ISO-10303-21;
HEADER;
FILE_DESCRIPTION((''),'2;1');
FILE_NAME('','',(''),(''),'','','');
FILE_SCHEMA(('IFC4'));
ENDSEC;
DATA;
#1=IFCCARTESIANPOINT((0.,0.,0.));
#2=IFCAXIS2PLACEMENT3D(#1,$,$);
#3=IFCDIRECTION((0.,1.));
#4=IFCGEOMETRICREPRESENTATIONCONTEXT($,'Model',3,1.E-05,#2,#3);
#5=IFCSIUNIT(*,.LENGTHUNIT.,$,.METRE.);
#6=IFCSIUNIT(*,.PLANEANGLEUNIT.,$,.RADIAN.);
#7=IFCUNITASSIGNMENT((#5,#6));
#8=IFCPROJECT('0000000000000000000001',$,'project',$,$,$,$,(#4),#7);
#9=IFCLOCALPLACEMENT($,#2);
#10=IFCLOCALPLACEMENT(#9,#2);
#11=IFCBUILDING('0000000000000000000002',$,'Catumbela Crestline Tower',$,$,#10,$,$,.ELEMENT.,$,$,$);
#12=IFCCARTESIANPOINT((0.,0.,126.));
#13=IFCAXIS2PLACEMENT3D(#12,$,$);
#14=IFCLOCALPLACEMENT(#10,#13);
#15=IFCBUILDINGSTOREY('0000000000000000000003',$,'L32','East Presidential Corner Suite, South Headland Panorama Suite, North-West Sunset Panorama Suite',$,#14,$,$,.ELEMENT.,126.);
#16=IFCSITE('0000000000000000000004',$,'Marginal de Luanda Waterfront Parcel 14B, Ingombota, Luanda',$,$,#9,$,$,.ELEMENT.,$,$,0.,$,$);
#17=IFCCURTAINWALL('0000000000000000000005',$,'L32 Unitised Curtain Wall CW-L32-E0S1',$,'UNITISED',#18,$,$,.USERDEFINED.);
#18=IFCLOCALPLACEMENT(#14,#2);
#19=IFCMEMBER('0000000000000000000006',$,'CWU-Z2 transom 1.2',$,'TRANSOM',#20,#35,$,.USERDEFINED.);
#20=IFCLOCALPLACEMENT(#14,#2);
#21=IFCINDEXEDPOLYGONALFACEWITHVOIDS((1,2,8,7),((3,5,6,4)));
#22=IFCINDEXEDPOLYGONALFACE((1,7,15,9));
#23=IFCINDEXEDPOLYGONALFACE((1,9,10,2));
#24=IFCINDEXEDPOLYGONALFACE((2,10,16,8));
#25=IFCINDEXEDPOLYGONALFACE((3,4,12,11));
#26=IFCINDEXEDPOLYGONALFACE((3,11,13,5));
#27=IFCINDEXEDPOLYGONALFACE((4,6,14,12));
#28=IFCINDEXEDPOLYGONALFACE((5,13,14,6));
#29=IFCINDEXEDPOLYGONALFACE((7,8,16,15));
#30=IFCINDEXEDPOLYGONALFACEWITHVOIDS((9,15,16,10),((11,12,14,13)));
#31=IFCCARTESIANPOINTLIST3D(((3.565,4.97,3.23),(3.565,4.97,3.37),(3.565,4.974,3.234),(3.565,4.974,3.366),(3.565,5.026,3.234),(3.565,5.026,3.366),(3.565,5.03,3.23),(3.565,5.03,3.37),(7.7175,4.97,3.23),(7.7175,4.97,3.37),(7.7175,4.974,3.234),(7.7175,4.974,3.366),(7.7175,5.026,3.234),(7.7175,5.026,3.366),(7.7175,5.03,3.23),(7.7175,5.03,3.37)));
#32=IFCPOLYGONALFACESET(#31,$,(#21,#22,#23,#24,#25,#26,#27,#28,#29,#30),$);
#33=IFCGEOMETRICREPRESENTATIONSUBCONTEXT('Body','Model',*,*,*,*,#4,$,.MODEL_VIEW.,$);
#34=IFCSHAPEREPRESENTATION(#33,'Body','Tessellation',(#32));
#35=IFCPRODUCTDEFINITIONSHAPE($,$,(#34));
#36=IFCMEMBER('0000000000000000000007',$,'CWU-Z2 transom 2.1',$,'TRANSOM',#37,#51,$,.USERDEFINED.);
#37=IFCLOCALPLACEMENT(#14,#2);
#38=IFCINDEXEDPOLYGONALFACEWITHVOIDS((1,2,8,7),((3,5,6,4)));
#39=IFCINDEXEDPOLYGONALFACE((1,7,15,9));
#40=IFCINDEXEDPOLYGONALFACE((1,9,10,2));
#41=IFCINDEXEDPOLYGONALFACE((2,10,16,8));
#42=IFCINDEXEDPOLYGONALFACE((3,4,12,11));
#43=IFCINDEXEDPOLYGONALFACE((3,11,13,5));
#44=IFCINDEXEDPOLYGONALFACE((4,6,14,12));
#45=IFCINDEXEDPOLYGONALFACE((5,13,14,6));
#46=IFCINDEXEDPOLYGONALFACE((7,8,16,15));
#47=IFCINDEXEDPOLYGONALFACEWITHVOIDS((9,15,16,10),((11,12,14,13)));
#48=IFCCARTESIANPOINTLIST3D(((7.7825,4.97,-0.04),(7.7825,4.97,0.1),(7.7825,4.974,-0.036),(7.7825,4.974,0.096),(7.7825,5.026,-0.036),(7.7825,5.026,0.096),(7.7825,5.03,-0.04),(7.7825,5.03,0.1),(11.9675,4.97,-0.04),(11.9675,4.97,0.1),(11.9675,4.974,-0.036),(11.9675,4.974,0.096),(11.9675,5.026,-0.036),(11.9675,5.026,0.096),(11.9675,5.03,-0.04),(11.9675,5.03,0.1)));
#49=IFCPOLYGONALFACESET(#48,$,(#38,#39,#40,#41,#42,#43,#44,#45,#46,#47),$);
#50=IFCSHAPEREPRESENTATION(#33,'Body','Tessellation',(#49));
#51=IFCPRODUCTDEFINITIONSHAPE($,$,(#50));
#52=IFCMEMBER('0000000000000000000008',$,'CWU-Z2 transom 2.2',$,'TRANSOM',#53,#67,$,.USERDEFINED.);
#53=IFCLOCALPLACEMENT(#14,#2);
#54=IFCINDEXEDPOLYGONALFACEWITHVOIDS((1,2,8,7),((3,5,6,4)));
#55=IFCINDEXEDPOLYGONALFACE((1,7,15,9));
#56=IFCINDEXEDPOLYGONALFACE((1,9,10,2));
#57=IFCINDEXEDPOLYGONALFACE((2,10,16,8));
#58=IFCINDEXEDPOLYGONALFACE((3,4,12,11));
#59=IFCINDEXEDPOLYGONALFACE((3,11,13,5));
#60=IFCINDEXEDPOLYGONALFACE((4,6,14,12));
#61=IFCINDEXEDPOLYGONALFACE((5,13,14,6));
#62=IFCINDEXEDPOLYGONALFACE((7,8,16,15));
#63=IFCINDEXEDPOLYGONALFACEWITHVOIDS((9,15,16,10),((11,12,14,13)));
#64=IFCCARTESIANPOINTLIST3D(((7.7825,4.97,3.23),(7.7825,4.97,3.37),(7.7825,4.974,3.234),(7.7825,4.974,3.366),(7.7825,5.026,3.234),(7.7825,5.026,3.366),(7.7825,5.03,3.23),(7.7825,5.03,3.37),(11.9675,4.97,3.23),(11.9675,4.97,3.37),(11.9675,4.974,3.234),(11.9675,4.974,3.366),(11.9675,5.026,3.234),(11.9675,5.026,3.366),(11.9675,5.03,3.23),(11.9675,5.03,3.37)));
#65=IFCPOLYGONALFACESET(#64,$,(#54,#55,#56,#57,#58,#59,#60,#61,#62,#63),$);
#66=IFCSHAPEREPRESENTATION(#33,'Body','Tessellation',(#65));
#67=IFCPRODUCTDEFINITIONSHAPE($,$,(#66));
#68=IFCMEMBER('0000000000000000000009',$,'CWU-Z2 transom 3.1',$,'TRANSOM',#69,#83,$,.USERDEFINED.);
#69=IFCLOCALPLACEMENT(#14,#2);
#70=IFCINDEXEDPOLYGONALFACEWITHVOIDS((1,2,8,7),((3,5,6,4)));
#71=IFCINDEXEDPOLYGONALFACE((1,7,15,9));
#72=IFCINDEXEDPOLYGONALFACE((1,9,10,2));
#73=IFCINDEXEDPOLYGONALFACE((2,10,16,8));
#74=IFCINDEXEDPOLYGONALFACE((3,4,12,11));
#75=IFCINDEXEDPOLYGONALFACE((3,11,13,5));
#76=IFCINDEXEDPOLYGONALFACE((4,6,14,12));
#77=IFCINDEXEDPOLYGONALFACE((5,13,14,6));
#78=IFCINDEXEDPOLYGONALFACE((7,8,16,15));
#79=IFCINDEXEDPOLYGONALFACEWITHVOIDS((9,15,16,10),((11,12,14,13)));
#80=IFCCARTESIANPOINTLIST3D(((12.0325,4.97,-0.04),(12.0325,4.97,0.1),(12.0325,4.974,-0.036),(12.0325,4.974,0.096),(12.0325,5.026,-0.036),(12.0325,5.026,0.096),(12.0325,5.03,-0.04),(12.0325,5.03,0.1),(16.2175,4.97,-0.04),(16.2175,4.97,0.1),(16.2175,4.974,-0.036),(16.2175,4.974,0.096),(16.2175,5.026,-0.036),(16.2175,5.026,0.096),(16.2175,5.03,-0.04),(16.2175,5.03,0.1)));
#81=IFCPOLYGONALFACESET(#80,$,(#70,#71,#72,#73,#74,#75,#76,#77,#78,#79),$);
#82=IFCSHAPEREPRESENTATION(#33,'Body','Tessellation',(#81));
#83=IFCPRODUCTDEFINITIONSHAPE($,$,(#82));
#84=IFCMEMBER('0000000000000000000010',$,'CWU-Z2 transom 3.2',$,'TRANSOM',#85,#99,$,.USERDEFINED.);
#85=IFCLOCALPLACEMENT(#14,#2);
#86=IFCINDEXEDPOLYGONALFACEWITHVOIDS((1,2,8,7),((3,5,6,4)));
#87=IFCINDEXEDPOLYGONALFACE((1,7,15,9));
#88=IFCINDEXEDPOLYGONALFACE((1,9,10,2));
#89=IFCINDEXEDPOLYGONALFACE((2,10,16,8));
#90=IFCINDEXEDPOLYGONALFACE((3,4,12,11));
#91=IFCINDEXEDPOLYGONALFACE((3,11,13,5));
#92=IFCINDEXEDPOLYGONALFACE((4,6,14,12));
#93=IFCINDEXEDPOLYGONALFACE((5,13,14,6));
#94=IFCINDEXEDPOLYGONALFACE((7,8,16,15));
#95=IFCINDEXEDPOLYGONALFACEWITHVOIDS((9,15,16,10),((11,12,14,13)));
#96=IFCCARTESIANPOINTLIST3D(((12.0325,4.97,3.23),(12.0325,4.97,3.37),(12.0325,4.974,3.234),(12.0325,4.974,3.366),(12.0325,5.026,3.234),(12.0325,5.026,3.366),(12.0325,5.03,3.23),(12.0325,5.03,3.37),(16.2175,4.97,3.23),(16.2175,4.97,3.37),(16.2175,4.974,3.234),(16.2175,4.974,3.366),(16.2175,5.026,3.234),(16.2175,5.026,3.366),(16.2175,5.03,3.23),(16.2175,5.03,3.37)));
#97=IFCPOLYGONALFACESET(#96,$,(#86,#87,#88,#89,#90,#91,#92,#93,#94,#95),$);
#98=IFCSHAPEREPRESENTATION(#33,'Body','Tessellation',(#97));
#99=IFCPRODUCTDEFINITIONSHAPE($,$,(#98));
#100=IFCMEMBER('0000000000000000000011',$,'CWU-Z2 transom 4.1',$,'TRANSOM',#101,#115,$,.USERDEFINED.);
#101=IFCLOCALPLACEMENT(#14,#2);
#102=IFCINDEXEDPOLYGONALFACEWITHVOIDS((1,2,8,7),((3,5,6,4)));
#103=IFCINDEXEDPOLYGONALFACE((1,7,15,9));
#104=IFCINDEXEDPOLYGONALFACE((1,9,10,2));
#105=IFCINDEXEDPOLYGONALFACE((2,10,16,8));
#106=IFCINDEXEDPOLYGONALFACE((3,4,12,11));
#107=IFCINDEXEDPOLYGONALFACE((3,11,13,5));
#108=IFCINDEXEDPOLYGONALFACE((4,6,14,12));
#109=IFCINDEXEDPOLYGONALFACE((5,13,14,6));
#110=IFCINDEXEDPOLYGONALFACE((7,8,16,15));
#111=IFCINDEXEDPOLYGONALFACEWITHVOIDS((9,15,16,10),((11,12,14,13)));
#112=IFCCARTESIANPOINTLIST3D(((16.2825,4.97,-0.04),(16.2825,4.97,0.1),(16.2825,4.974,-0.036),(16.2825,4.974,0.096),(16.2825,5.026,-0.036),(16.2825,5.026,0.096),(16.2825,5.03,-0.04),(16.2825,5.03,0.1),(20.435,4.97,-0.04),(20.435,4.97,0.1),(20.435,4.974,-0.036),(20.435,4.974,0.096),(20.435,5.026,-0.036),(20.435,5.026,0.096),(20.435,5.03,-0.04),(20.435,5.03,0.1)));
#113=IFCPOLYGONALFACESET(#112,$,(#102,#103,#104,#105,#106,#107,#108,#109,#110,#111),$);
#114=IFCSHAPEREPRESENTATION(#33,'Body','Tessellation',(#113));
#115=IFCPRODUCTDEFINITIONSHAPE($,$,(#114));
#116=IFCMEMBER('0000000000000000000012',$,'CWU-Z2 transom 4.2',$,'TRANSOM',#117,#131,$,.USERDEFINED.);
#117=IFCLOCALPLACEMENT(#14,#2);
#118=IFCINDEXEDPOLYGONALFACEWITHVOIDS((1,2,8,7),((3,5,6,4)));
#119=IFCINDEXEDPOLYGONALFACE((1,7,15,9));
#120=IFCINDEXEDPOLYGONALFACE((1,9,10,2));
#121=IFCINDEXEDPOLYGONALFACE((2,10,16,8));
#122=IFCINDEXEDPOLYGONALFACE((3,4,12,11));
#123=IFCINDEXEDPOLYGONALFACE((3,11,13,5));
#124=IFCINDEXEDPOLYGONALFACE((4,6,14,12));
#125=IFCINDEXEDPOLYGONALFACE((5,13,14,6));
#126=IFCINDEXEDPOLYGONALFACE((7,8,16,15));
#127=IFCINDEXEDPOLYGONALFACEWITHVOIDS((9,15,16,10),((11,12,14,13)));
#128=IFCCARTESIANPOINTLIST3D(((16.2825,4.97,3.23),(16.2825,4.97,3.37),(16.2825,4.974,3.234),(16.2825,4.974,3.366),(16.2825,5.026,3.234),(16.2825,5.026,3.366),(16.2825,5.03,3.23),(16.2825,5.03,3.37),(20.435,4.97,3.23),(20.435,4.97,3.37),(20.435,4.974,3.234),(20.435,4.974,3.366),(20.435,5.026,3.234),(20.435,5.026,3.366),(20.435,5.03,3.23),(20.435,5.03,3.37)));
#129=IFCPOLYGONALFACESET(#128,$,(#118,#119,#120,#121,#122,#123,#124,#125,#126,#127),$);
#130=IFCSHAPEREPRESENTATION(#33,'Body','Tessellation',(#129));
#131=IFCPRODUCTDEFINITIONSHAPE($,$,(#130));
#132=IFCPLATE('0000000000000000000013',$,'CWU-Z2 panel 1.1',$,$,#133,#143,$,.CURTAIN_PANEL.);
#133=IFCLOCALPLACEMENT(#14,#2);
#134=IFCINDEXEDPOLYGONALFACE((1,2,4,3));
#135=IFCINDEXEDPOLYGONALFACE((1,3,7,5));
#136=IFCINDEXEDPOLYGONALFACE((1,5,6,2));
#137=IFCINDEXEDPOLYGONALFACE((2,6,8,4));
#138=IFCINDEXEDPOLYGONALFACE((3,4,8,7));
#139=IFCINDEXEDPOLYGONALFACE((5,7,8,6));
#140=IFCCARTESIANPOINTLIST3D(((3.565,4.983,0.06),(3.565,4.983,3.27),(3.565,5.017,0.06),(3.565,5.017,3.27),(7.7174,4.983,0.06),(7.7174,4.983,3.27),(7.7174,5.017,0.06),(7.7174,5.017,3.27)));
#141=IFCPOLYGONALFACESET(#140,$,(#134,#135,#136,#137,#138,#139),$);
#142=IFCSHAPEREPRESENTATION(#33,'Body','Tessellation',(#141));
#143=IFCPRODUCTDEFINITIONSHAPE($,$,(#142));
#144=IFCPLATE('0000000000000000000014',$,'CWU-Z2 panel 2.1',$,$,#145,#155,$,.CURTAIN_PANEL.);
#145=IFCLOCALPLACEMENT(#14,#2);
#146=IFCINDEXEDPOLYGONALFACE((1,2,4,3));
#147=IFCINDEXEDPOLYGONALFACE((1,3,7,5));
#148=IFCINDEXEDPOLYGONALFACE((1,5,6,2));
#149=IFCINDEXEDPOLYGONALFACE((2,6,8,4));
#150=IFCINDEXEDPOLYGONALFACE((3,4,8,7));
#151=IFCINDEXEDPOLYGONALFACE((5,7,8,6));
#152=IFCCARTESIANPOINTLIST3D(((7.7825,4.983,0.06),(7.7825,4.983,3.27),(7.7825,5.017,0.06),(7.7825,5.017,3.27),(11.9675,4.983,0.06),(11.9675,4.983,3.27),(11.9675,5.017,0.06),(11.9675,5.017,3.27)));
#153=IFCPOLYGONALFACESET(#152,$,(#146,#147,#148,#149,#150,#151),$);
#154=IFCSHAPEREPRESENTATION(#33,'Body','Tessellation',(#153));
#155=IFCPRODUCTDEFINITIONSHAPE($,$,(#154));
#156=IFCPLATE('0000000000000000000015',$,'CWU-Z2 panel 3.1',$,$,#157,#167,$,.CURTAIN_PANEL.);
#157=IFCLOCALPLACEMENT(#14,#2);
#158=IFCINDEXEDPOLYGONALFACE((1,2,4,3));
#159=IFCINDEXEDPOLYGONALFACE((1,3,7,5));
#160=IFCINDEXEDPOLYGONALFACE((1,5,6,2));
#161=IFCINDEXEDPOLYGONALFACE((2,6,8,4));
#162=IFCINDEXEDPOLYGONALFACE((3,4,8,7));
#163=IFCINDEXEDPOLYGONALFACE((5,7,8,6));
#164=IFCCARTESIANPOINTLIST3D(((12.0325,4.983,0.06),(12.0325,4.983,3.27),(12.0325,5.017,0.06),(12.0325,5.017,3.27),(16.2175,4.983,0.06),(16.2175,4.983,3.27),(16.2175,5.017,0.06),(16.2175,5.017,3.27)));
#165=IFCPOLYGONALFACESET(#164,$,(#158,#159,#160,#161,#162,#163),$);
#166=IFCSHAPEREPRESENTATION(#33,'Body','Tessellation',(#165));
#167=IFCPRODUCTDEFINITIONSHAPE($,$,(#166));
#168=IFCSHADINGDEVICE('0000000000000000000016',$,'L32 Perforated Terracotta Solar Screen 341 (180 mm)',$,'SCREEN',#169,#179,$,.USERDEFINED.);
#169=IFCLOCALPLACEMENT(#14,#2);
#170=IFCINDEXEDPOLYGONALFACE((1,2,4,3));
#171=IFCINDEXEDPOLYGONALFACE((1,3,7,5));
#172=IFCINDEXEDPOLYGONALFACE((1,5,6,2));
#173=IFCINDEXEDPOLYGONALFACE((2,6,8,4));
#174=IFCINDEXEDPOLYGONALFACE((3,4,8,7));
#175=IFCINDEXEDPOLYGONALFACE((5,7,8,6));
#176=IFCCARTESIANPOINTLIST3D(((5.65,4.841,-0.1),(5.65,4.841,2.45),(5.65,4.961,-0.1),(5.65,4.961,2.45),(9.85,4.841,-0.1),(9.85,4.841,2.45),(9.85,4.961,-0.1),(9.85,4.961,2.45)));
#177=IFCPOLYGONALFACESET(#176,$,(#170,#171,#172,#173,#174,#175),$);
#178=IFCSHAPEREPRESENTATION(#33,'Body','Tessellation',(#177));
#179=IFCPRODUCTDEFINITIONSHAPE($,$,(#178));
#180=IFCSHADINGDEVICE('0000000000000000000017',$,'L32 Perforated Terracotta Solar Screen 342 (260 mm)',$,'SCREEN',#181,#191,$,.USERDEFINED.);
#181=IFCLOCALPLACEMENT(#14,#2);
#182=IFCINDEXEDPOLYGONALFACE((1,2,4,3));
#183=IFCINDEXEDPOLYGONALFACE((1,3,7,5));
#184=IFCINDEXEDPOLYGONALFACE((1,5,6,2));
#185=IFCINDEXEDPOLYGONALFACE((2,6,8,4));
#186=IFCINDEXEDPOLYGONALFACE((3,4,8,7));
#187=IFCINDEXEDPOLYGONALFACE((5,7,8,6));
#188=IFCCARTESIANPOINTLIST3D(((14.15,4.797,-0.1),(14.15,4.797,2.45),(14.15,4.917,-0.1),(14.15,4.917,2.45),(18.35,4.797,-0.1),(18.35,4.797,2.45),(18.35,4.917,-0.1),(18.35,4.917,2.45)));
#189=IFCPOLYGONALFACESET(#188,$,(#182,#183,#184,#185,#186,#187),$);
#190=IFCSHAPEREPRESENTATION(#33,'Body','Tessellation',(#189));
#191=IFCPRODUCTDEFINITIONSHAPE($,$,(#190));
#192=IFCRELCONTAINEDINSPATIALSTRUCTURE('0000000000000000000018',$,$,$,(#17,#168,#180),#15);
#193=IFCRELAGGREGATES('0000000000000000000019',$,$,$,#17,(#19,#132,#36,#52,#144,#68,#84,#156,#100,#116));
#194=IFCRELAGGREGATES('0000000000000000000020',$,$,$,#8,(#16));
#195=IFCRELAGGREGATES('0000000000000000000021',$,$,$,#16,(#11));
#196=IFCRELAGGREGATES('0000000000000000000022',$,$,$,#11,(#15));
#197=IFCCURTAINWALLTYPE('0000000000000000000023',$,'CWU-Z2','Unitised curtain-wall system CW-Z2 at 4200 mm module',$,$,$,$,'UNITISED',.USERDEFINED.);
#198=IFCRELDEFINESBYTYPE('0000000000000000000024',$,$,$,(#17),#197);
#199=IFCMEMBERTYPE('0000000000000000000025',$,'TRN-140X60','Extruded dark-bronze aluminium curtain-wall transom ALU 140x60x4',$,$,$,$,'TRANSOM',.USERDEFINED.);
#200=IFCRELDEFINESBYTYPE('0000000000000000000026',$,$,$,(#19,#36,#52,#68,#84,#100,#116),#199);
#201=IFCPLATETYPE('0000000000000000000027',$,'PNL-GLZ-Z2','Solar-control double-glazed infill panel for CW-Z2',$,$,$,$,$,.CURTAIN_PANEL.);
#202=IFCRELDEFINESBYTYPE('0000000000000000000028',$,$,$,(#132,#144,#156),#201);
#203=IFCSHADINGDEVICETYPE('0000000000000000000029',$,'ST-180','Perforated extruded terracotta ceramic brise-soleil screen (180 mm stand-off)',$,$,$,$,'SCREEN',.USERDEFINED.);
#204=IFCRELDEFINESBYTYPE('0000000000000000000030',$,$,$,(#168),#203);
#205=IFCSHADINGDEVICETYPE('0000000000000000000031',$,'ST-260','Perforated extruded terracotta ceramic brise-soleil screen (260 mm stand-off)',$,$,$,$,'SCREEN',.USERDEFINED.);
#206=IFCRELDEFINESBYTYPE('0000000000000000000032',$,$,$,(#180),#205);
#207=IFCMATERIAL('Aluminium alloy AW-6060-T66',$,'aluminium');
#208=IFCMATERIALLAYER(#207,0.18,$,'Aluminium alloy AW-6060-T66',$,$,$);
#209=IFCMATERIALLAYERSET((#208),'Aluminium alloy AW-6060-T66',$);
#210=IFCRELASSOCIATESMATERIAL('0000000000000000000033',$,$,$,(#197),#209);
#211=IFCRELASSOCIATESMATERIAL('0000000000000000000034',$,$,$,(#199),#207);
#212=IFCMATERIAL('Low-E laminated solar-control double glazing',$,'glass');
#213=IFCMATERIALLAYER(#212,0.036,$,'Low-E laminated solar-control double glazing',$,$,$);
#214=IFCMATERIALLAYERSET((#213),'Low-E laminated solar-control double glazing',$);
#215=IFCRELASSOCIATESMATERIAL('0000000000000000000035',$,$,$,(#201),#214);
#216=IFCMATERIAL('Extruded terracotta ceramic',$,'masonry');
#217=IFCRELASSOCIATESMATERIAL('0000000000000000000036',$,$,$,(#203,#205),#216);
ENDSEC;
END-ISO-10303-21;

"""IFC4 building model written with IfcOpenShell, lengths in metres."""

from ifc_helpers import new_model, si_unit, direction, frame, origin, origin_2d, place, context, subcontext, project, spatial, rectangle, hollow_rectangle, extrude, material, layer, layer_set, material_profile, profile_set, type_object, element, aggregate, save


model = new_model("IFC4")

# Units and contexts
model_context = context("Model", 3, precision=1e-05, world=origin(), true_north=direction((0.0, 1.0)))
body_context = subcontext(model_context, "Body", "Model", "MODEL_VIEW")
ifc_project = project(units=[si_unit("LENGTHUNIT", "METRE"), si_unit("PLANEANGLEUNIT", "RADIAN")], contexts=[model_context])

# Site, building, storey
site_placement = place(None, origin())
site = spatial("IfcSite", under=ifc_project, at=site_placement, Name="Marginal de Luanda Waterfront Parcel 14B, Ingombota, Luanda", CompositionType="ELEMENT", RefElevation=0.0)
building_placement = place(site_placement, origin())
building = spatial("IfcBuilding", under=site, at=building_placement, Name="Catumbela Crestline Tower", CompositionType="ELEMENT")
storey_placement = place(building_placement, frame((0.0, 0.0, 126.0)))
storey = spatial("IfcBuildingStorey", under=building, at=storey_placement, Name="L32", Description="East Presidential Corner Suite, South Headland Panorama Suite, North-West Sunset Panorama Suite", CompositionType="ELEMENT", Elevation=126.0)

# Curtain wall, members, plates
ifc_material_1 = material(Name="Aluminium alloy AW-6060-T66", Category="aluminium")
ifc_layer_1 = layer(ifc_material_1, 0.18, Name="Aluminium alloy AW-6060-T66")
ifc_layer_set_1 = layer_set([ifc_layer_1], Name="Aluminium alloy AW-6060-T66")
curtain_wall_type = type_object("IfcCurtainWallType", Name="CWU-Z2", Description="Unitised curtain-wall system CW-Z2 at 4200 mm module", ElementType="UNITISED", PredefinedType="USERDEFINED", material=ifc_layer_set_1)
curtain_wall_placement = place(storey_placement, origin())
curtain_wall = element("IfcCurtainWall", 1, at=curtain_wall_placement, inside=storey, type_object=curtain_wall_type, Name="L32 Unitised Curtain Wall CW-L32-E0S1", ObjectType="UNITISED", PredefinedType="USERDEFINED")
ifc_material_profile_1 = material_profile(ifc_material_1, hollow_rectangle(XDim=0.06, YDim=0.14, WallThickness=0.004, at=origin_2d()), Name="ALU 140x60x4")
ifc_profile_set_1 = profile_set([ifc_material_profile_1], Name="Aluminium alloy AW-6060-T66")
member_type_1 = type_object("IfcMemberType", Name="TRN-140X60", Description="Extruded dark-bronze aluminium curtain-wall transom ALU 140x60x4", ElementType="TRANSOM", PredefinedType="USERDEFINED", material=ifc_profile_set_1)
member_1_placement = place(storey_placement, frame((3.565, 5.0, 3.3), z_axis=(1.0, 0.0, 0.0), x_axis=(0.0, 1.0, 0.0)))
member_1 = element("IfcMember", 2, at=member_1_placement, type_object=member_type_1, Name="CWU-Z2 transom 1.2", ObjectType="TRANSOM", PredefinedType="USERDEFINED", context=body_context, shape_type="SweptSolid", body=[
    extrude(hollow_rectangle(XDim=0.06, YDim=0.14, WallThickness=0.004, at=origin_2d()), origin(), (0.0, 0.0, 1.0), 4.1525),
])
member_2_placement = place(storey_placement, frame((7.7825, 5.0, 0.03), z_axis=(1.0, 0.0, 0.0), x_axis=(0.0, 1.0, 0.0)))
member_2 = element("IfcMember", 3, at=member_2_placement, type_object=member_type_1, Name="CWU-Z2 transom 2.1", ObjectType="TRANSOM", PredefinedType="USERDEFINED", context=body_context, shape_type="SweptSolid", body=[
    extrude(hollow_rectangle(XDim=0.06, YDim=0.14, WallThickness=0.004, at=origin_2d()), origin(), (0.0, 0.0, 1.0), 4.185),
])
member_3_placement = place(storey_placement, frame((7.7825, 5.0, 3.3), z_axis=(1.0, 0.0, 0.0), x_axis=(0.0, 1.0, 0.0)))
member_3 = element("IfcMember", 4, at=member_3_placement, type_object=member_type_1, Name="CWU-Z2 transom 2.2", ObjectType="TRANSOM", PredefinedType="USERDEFINED", context=body_context, shape_type="SweptSolid", body=[
    extrude(hollow_rectangle(XDim=0.06, YDim=0.14, WallThickness=0.004, at=origin_2d()), origin(), (0.0, 0.0, 1.0), 4.185),
])
member_4_placement = place(storey_placement, frame((12.0325, 5.0, 0.03), z_axis=(1.0, 0.0, 0.0), x_axis=(0.0, 1.0, 0.0)))
member_4 = element("IfcMember", 5, at=member_4_placement, type_object=member_type_1, Name="CWU-Z2 transom 3.1", ObjectType="TRANSOM", PredefinedType="USERDEFINED", context=body_context, shape_type="SweptSolid", body=[
    extrude(hollow_rectangle(XDim=0.06, YDim=0.14, WallThickness=0.004, at=origin_2d()), origin(), (0.0, 0.0, 1.0), 4.185),
])
member_5_placement = place(storey_placement, frame((12.0325, 5.0, 3.3), z_axis=(1.0, 0.0, 0.0), x_axis=(0.0, 1.0, 0.0)))
member_5 = element("IfcMember", 6, at=member_5_placement, type_object=member_type_1, Name="CWU-Z2 transom 3.2", ObjectType="TRANSOM", PredefinedType="USERDEFINED", context=body_context, shape_type="SweptSolid", body=[
    extrude(hollow_rectangle(XDim=0.06, YDim=0.14, WallThickness=0.004, at=origin_2d()), origin(), (0.0, 0.0, 1.0), 4.185),
])
member_6_placement = place(storey_placement, frame((16.2825, 5.0, 0.03), z_axis=(1.0, 0.0, 0.0), x_axis=(0.0, 1.0, 0.0)))
member_6 = element("IfcMember", 7, at=member_6_placement, type_object=member_type_1, Name="CWU-Z2 transom 4.1", ObjectType="TRANSOM", PredefinedType="USERDEFINED", context=body_context, shape_type="SweptSolid", body=[
    extrude(hollow_rectangle(XDim=0.06, YDim=0.14, WallThickness=0.004, at=origin_2d()), origin(), (0.0, 0.0, 1.0), 4.1525),
])
member_7_placement = place(storey_placement, frame((16.2825, 5.0, 3.3), z_axis=(1.0, 0.0, 0.0), x_axis=(0.0, 1.0, 0.0)))
member_7 = element("IfcMember", 8, at=member_7_placement, type_object=member_type_1, Name="CWU-Z2 transom 4.2", ObjectType="TRANSOM", PredefinedType="USERDEFINED", context=body_context, shape_type="SweptSolid", body=[
    extrude(hollow_rectangle(XDim=0.06, YDim=0.14, WallThickness=0.004, at=origin_2d()), origin(), (0.0, 0.0, 1.0), 4.1525),
])
ifc_material_2 = material(Name="Low-E laminated solar-control double glazing", Category="glass")
ifc_layer_2 = layer(ifc_material_2, 0.036, Name="Low-E laminated solar-control double glazing")
ifc_layer_set_2 = layer_set([ifc_layer_2], Name="Low-E laminated solar-control double glazing")
plate_type = type_object("IfcPlateType", Name="PNL-GLZ-Z2", Description="Solar-control double-glazed infill panel for CW-Z2", PredefinedType="CURTAIN_PANEL", material=ifc_layer_set_2)
plate_1_placement = place(storey_placement, frame((5.6412, 5.0, 0.06), z_axis=(0.0, 0.0, 1.0), x_axis=(1.0, 0.0, 0.0)))
plate_1 = element("IfcPlate", 9, at=plate_1_placement, type_object=plate_type, Name="CWU-Z2 panel 1.1", PredefinedType="CURTAIN_PANEL", context=body_context, shape_type="SweptSolid", body=[
    extrude(rectangle(XDim=4.1525, YDim=0.034, at=origin_2d()), origin(), (0.0, 0.0, 1.0), 3.21),
])
plate_2_placement = place(storey_placement, frame((9.875, 5.0, 0.06), z_axis=(0.0, 0.0, 1.0), x_axis=(1.0, 0.0, 0.0)))
plate_2 = element("IfcPlate", 10, at=plate_2_placement, type_object=plate_type, Name="CWU-Z2 panel 2.1", PredefinedType="CURTAIN_PANEL", context=body_context, shape_type="SweptSolid", body=[
    extrude(rectangle(XDim=4.185, YDim=0.034, at=origin_2d()), origin(), (0.0, 0.0, 1.0), 3.21),
])
plate_3_placement = place(storey_placement, frame((14.125, 5.0, 0.06), z_axis=(0.0, 0.0, 1.0), x_axis=(1.0, 0.0, 0.0)))
plate_3 = element("IfcPlate", 11, at=plate_3_placement, type_object=plate_type, Name="CWU-Z2 panel 3.1", PredefinedType="CURTAIN_PANEL", context=body_context, shape_type="SweptSolid", body=[
    extrude(rectangle(XDim=4.185, YDim=0.034, at=origin_2d()), origin(), (0.0, 0.0, 1.0), 3.21),
])
aggregate(curtain_wall, [member_1, plate_1, member_2, member_3, plate_2, member_4, member_5, plate_3, member_6, member_7])

# Shading devices
ifc_material_3 = material(Name="Extruded terracotta ceramic", Category="masonry")
shading_device_type_1 = type_object("IfcShadingDeviceType", Name="ST-180", Description="Perforated extruded terracotta ceramic brise-soleil screen (180 mm stand-off)", ElementType="SCREEN", PredefinedType="USERDEFINED", material=ifc_material_3)
shading_device_1_placement = place(storey_placement, frame((7.75, 4.901, -0.1), z_axis=(0.0, 0.0, 1.0), x_axis=(1.0, 0.0, 0.0)))
element("IfcShadingDevice", 12, at=shading_device_1_placement, inside=storey, type_object=shading_device_type_1, Name="L32 Perforated Terracotta Solar Screen 341 (180 mm)", ObjectType="SCREEN", PredefinedType="USERDEFINED", context=body_context, shape_type="SweptSolid", body=[
    extrude(rectangle(XDim=4.2, YDim=0.12, at=origin_2d()), origin(), (0.0, 0.0, 1.0), 2.55),
])
shading_device_type_2 = type_object("IfcShadingDeviceType", Name="ST-260", Description="Perforated extruded terracotta ceramic brise-soleil screen (260 mm stand-off)", ElementType="SCREEN", PredefinedType="USERDEFINED", material=ifc_material_3)
shading_device_2_placement = place(storey_placement, frame((16.25, 4.857, -0.1), z_axis=(0.0, 0.0, 1.0), x_axis=(1.0, 0.0, 0.0)))
element("IfcShadingDevice", 13, at=shading_device_2_placement, inside=storey, type_object=shading_device_type_2, Name="L32 Perforated Terracotta Solar Screen 342 (260 mm)", ObjectType="SCREEN", PredefinedType="USERDEFINED", context=body_context, shape_type="SweptSolid", body=[
    extrude(rectangle(XDim=4.2, YDim=0.12, at=origin_2d()), origin(), (0.0, 0.0, 1.0), 2.55),
])

save(model, "model.ifc")
